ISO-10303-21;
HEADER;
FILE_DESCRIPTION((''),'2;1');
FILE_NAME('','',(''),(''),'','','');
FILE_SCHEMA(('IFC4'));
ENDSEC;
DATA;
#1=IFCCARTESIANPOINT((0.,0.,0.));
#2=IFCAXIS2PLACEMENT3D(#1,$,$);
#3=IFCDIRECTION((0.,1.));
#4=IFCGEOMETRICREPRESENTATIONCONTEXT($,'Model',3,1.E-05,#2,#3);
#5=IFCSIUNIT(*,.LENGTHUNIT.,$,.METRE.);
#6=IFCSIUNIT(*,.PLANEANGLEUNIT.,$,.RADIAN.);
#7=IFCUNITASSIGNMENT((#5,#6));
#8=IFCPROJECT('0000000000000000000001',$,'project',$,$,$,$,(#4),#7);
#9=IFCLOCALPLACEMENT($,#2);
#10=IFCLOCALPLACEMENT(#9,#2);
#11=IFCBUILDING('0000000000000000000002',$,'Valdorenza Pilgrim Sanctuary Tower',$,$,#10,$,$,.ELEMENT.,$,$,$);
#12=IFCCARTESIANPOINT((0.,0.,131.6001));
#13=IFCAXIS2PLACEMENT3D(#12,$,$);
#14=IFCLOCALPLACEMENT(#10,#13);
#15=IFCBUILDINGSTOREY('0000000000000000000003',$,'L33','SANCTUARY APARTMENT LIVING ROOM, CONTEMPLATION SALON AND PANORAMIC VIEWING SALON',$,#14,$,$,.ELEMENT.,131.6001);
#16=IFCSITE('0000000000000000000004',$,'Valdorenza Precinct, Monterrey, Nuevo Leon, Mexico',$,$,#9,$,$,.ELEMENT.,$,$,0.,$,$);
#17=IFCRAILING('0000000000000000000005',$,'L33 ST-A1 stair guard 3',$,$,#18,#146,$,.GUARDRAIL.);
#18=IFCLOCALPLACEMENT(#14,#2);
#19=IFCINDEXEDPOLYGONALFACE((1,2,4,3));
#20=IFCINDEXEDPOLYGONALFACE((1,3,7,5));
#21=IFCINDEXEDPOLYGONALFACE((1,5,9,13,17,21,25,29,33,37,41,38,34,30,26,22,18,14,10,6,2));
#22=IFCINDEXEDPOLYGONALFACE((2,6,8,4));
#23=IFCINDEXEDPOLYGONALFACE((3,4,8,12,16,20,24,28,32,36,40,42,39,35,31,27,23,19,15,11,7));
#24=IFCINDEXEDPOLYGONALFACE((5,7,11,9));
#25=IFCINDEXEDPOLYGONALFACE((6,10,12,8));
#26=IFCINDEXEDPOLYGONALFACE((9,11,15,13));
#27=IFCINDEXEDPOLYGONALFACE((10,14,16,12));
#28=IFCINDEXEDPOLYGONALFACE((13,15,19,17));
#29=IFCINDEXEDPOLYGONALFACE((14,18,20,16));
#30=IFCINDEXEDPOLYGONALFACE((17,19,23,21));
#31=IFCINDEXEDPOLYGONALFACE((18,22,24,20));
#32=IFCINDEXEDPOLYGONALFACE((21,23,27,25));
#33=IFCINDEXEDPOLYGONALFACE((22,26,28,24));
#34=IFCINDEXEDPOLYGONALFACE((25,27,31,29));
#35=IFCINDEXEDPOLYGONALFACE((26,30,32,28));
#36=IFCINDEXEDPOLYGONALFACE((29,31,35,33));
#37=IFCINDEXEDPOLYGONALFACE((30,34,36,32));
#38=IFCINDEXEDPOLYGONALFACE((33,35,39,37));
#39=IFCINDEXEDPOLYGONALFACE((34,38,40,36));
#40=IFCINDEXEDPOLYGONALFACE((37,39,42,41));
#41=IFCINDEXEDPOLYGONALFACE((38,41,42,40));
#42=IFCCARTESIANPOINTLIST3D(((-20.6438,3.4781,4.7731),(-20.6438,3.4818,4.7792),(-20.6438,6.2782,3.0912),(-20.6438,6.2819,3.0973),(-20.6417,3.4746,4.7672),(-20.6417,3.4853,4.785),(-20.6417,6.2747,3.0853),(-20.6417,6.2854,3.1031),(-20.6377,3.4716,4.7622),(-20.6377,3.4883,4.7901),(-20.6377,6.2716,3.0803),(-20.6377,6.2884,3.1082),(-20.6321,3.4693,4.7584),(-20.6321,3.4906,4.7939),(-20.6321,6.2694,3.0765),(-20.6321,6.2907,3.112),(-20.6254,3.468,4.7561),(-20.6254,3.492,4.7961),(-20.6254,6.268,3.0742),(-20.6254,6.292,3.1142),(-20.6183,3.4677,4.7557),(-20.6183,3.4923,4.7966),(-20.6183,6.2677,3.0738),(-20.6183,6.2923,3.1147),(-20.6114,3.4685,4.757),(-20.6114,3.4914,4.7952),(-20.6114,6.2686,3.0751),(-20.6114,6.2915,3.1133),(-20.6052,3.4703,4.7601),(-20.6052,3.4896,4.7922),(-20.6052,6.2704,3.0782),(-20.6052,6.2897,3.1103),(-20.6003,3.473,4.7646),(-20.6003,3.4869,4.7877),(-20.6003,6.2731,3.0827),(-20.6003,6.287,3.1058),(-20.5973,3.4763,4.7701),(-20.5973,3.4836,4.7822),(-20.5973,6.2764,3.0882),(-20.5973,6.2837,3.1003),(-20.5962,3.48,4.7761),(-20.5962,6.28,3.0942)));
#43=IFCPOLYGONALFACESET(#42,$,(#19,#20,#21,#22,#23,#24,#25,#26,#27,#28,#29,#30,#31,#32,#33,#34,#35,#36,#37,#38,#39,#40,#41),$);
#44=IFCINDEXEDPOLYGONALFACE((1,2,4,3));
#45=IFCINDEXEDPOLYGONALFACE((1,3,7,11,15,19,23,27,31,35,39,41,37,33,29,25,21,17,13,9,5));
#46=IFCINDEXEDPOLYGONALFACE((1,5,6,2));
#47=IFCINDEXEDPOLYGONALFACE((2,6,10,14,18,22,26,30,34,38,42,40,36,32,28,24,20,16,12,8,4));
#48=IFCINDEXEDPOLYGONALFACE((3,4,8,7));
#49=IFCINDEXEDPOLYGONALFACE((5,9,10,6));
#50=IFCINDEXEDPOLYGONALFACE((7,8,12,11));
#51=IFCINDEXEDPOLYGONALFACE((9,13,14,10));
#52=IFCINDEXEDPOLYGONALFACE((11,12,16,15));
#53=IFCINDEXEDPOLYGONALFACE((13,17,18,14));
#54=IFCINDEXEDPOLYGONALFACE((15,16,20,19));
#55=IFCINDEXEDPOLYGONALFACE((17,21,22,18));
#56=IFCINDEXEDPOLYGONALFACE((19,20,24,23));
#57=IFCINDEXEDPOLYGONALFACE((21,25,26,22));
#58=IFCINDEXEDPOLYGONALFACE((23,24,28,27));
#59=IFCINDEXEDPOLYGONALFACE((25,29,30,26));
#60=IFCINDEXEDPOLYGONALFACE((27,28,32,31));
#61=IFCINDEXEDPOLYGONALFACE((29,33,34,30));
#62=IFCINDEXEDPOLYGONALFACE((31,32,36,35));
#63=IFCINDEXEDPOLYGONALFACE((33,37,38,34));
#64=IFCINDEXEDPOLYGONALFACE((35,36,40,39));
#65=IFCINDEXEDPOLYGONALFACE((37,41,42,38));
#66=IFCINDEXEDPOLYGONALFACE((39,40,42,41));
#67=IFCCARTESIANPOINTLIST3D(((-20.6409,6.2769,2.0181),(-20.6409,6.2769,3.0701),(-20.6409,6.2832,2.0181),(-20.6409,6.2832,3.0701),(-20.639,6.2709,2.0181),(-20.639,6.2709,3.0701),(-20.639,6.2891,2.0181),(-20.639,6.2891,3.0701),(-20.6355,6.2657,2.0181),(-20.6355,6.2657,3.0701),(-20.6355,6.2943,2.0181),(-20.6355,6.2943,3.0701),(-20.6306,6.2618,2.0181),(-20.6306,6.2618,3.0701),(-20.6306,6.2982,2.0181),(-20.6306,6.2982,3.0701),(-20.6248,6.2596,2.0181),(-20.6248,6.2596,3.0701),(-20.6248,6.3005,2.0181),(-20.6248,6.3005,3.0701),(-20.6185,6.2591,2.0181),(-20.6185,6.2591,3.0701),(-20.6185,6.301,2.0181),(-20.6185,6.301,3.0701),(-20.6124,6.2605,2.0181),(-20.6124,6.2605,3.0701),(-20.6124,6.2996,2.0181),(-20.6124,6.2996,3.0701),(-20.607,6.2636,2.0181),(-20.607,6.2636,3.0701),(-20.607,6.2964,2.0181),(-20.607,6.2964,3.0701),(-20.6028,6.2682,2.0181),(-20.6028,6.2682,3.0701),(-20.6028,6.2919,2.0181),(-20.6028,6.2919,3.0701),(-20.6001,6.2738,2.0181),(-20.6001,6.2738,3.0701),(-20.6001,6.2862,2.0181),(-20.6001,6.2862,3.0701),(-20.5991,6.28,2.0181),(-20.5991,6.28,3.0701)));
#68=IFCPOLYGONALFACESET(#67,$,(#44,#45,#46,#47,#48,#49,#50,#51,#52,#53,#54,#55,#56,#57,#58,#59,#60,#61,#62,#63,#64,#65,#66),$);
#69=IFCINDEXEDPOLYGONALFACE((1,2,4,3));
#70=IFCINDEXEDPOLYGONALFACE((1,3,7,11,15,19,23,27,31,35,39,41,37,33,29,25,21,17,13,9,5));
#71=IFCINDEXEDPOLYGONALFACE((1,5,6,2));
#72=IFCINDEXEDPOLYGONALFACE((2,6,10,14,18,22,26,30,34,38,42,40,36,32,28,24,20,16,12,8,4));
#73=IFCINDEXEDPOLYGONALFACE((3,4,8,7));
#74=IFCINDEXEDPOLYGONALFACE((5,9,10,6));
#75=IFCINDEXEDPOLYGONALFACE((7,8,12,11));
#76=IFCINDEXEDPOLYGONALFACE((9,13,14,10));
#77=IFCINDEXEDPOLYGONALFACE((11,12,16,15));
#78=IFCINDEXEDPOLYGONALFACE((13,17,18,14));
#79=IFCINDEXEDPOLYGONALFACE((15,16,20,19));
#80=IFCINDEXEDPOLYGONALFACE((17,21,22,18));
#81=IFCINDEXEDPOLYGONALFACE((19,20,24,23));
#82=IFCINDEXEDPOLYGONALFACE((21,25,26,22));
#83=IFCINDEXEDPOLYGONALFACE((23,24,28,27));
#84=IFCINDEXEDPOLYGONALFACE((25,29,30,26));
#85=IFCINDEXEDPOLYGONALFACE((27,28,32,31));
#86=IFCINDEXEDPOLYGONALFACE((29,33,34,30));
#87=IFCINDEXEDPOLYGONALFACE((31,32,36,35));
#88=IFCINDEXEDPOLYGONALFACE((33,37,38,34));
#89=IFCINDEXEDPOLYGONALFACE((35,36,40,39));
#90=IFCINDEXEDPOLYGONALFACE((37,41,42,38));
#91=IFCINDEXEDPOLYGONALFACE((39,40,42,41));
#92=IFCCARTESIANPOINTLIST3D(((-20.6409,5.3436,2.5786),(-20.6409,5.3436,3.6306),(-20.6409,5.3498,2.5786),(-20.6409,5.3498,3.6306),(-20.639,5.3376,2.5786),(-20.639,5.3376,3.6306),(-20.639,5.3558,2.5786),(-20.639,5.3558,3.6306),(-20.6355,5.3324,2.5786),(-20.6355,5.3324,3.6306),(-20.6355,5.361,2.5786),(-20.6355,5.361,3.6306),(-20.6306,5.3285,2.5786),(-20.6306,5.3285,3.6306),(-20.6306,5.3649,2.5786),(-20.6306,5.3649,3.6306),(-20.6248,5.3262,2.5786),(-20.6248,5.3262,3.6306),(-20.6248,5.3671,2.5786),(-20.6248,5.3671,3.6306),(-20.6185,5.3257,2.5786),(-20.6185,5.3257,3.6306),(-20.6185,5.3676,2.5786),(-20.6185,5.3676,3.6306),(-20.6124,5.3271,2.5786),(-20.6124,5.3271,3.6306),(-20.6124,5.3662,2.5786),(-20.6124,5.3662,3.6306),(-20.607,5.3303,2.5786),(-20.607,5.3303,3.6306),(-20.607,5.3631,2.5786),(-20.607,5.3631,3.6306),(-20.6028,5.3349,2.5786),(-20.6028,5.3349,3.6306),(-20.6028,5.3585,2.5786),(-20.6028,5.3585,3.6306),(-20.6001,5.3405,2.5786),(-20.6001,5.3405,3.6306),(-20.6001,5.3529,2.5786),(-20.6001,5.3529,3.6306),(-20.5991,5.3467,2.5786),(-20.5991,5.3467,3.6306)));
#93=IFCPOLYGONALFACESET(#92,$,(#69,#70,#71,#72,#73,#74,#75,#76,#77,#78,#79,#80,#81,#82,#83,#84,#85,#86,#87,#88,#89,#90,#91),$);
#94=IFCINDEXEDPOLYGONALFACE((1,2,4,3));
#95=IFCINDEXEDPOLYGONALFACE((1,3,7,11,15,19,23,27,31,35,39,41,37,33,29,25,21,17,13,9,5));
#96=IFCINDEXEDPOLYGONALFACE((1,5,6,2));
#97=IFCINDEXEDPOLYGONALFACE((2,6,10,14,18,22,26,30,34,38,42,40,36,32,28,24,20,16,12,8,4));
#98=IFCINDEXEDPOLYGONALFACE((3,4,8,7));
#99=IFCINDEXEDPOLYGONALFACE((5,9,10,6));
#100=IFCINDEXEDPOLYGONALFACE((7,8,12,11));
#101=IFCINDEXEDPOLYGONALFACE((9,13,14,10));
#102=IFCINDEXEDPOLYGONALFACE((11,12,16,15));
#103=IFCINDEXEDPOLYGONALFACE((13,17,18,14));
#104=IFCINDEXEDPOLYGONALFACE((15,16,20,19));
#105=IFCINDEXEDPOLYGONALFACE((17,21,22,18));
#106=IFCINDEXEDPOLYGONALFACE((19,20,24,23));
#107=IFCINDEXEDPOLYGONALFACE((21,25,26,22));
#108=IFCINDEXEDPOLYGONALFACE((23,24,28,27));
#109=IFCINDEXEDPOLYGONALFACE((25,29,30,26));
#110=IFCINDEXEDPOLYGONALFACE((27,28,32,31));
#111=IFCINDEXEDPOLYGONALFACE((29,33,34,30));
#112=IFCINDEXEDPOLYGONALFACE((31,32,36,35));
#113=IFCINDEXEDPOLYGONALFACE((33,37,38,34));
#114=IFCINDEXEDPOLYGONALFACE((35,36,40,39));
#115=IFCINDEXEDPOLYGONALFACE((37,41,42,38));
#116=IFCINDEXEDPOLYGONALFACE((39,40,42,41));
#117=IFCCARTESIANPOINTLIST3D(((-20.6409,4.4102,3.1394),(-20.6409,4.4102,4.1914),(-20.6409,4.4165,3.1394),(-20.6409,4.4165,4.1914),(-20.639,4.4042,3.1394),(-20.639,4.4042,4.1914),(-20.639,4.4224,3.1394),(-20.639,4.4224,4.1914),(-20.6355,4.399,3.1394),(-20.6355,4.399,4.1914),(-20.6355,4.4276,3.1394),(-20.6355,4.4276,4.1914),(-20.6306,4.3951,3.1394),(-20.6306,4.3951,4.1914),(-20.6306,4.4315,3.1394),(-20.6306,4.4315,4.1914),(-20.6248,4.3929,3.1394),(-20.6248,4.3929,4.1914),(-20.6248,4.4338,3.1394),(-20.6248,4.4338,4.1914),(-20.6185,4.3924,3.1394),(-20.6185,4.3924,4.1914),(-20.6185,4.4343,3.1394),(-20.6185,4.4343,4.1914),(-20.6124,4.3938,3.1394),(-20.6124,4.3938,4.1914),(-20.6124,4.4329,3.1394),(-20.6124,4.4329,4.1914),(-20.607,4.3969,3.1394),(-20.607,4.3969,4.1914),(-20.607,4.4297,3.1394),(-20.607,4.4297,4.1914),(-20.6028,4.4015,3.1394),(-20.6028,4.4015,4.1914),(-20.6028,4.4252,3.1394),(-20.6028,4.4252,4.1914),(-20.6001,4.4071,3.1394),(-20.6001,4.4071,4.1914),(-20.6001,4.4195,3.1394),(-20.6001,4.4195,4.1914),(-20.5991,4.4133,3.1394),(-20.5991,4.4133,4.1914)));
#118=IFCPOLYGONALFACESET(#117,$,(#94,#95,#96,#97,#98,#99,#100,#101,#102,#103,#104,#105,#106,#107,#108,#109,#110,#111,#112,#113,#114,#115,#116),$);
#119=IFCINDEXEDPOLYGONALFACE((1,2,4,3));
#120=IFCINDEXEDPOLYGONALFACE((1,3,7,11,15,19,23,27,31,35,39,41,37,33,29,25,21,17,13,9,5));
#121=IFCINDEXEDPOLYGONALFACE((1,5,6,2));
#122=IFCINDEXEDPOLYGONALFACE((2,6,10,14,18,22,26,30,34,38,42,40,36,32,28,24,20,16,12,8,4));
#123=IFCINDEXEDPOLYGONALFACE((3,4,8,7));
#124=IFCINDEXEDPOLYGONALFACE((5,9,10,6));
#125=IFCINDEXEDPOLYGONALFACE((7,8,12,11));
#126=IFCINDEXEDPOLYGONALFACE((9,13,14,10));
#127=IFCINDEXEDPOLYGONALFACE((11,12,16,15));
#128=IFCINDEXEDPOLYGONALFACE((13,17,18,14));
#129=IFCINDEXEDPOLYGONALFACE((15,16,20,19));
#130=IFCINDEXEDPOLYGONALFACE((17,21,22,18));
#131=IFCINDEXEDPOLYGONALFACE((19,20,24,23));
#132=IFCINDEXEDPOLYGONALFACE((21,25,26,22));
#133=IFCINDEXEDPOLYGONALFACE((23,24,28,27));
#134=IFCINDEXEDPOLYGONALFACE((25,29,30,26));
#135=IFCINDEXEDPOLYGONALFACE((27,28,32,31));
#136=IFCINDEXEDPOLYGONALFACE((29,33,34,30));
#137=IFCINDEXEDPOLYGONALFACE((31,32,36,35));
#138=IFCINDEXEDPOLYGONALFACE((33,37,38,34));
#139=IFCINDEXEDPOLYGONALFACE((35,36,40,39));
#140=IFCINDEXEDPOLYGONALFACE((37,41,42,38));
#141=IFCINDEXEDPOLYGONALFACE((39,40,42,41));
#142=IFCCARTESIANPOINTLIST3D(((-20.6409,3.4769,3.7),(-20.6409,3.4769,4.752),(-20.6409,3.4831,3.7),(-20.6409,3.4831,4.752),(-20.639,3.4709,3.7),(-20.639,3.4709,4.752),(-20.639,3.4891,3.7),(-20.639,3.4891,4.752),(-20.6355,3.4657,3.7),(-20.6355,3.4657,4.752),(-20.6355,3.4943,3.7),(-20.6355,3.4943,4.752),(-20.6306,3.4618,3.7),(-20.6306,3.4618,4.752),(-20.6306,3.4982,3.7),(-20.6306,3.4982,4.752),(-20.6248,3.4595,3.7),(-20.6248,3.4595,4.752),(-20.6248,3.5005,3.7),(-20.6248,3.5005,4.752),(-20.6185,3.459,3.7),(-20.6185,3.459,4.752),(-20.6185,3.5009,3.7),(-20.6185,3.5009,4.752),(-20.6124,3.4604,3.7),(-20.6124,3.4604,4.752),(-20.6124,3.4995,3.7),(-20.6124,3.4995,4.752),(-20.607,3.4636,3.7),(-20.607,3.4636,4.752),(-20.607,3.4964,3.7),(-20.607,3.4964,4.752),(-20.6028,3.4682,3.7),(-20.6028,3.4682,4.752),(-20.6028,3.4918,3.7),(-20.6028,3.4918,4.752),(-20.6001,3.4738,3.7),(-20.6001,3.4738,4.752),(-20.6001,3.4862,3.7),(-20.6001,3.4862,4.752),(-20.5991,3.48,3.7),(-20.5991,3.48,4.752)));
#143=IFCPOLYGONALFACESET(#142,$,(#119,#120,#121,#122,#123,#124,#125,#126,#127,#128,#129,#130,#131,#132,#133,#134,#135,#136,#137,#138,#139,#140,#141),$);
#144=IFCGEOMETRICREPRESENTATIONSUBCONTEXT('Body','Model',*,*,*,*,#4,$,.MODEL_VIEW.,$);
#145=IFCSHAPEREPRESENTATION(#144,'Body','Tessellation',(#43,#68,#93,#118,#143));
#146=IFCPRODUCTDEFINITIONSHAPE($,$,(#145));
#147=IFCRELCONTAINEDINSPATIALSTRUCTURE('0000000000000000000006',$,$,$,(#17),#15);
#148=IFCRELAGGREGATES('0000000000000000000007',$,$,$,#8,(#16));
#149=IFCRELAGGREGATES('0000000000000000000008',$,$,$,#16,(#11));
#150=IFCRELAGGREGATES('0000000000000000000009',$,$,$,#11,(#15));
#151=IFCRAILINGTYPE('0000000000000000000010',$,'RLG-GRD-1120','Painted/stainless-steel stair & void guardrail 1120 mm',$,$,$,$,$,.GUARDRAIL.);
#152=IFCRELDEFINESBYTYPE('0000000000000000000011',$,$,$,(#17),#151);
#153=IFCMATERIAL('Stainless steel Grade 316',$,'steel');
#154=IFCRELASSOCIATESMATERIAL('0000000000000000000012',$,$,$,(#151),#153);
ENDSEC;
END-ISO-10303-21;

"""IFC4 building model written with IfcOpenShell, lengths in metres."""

from ifc_helpers import new_model, si_unit, direction, frame, origin, origin_2d, place, context, subcontext, project, spatial, circle, extrude, material, type_object, element, save


model = new_model("IFC4")

# Units and contexts
model_context = context("Model", 3, precision=1e-05, world=origin(), true_north=direction((0.0, 1.0)))
body_context = subcontext(model_context, "Body", "Model", "MODEL_VIEW")
ifc_project = project(units=[si_unit("LENGTHUNIT", "METRE"), si_unit("PLANEANGLEUNIT", "RADIAN")], contexts=[model_context])

# Site, building, storey
site_placement = place(None, origin())
site = spatial("IfcSite", under=ifc_project, at=site_placement, Name="Valdorenza Precinct, Monterrey, Nuevo Leon, Mexico", CompositionType="ELEMENT", RefElevation=0.0)
building_placement = place(site_placement, origin())
building = spatial("IfcBuilding", under=site, at=building_placement, Name="Valdorenza Pilgrim Sanctuary Tower", CompositionType="ELEMENT")
storey_placement = place(building_placement, frame((0.0, 0.0, 131.6001)))
storey = spatial("IfcBuildingStorey", under=building, at=storey_placement, Name="L33", Description="SANCTUARY APARTMENT LIVING ROOM, CONTEMPLATION SALON AND PANORAMIC VIEWING SALON", CompositionType="ELEMENT", Elevation=131.6001)

# Railing
ifc_material_1 = material(Name="Stainless steel Grade 316", Category="steel")
railing_type_1 = type_object("IfcRailingType", Name="RLG-GRD-1120", Description="Painted/stainless-steel stair & void guardrail 1120 mm", PredefinedType="GUARDRAIL", material=ifc_material_1)
railing_1_placement = place(storey_placement, frame((-20.6201, 6.28, 2.0181)))
element("IfcRailing", 1, at=railing_1_placement, inside=storey, type_object=railing_type_1, Name="L33 ST-A1 stair guard 3", PredefinedType="GUARDRAIL", context=body_context, shape_type="SweptSolid", body=[
    extrude(circle(Radius=0.0239, at=origin_2d()), frame((0.0, 0.0, 1.0762), z_axis=(0.0, -0.857242, 0.514913), x_axis=(1.0, 0.0, 0.0)), (0.0, 0.0, 1.0), 3.2664),
    extrude(circle(Radius=0.021, at=origin_2d()), origin(), (0.0, 0.0, 1.0), 1.052),
    extrude(circle(Radius=0.021, at=origin_2d()), frame((0.0, -0.9333, 0.5605)), (0.0, 0.0, 1.0), 1.052),
    extrude(circle(Radius=0.021, at=origin_2d()), frame((0.0, -1.8667, 1.1213)), (0.0, 0.0, 1.0), 1.052),
    extrude(circle(Radius=0.021, at=origin_2d()), frame((0.0, -2.8, 1.6819)), (0.0, 0.0, 1.0), 1.052),
])

save(model, "model.ifc")
